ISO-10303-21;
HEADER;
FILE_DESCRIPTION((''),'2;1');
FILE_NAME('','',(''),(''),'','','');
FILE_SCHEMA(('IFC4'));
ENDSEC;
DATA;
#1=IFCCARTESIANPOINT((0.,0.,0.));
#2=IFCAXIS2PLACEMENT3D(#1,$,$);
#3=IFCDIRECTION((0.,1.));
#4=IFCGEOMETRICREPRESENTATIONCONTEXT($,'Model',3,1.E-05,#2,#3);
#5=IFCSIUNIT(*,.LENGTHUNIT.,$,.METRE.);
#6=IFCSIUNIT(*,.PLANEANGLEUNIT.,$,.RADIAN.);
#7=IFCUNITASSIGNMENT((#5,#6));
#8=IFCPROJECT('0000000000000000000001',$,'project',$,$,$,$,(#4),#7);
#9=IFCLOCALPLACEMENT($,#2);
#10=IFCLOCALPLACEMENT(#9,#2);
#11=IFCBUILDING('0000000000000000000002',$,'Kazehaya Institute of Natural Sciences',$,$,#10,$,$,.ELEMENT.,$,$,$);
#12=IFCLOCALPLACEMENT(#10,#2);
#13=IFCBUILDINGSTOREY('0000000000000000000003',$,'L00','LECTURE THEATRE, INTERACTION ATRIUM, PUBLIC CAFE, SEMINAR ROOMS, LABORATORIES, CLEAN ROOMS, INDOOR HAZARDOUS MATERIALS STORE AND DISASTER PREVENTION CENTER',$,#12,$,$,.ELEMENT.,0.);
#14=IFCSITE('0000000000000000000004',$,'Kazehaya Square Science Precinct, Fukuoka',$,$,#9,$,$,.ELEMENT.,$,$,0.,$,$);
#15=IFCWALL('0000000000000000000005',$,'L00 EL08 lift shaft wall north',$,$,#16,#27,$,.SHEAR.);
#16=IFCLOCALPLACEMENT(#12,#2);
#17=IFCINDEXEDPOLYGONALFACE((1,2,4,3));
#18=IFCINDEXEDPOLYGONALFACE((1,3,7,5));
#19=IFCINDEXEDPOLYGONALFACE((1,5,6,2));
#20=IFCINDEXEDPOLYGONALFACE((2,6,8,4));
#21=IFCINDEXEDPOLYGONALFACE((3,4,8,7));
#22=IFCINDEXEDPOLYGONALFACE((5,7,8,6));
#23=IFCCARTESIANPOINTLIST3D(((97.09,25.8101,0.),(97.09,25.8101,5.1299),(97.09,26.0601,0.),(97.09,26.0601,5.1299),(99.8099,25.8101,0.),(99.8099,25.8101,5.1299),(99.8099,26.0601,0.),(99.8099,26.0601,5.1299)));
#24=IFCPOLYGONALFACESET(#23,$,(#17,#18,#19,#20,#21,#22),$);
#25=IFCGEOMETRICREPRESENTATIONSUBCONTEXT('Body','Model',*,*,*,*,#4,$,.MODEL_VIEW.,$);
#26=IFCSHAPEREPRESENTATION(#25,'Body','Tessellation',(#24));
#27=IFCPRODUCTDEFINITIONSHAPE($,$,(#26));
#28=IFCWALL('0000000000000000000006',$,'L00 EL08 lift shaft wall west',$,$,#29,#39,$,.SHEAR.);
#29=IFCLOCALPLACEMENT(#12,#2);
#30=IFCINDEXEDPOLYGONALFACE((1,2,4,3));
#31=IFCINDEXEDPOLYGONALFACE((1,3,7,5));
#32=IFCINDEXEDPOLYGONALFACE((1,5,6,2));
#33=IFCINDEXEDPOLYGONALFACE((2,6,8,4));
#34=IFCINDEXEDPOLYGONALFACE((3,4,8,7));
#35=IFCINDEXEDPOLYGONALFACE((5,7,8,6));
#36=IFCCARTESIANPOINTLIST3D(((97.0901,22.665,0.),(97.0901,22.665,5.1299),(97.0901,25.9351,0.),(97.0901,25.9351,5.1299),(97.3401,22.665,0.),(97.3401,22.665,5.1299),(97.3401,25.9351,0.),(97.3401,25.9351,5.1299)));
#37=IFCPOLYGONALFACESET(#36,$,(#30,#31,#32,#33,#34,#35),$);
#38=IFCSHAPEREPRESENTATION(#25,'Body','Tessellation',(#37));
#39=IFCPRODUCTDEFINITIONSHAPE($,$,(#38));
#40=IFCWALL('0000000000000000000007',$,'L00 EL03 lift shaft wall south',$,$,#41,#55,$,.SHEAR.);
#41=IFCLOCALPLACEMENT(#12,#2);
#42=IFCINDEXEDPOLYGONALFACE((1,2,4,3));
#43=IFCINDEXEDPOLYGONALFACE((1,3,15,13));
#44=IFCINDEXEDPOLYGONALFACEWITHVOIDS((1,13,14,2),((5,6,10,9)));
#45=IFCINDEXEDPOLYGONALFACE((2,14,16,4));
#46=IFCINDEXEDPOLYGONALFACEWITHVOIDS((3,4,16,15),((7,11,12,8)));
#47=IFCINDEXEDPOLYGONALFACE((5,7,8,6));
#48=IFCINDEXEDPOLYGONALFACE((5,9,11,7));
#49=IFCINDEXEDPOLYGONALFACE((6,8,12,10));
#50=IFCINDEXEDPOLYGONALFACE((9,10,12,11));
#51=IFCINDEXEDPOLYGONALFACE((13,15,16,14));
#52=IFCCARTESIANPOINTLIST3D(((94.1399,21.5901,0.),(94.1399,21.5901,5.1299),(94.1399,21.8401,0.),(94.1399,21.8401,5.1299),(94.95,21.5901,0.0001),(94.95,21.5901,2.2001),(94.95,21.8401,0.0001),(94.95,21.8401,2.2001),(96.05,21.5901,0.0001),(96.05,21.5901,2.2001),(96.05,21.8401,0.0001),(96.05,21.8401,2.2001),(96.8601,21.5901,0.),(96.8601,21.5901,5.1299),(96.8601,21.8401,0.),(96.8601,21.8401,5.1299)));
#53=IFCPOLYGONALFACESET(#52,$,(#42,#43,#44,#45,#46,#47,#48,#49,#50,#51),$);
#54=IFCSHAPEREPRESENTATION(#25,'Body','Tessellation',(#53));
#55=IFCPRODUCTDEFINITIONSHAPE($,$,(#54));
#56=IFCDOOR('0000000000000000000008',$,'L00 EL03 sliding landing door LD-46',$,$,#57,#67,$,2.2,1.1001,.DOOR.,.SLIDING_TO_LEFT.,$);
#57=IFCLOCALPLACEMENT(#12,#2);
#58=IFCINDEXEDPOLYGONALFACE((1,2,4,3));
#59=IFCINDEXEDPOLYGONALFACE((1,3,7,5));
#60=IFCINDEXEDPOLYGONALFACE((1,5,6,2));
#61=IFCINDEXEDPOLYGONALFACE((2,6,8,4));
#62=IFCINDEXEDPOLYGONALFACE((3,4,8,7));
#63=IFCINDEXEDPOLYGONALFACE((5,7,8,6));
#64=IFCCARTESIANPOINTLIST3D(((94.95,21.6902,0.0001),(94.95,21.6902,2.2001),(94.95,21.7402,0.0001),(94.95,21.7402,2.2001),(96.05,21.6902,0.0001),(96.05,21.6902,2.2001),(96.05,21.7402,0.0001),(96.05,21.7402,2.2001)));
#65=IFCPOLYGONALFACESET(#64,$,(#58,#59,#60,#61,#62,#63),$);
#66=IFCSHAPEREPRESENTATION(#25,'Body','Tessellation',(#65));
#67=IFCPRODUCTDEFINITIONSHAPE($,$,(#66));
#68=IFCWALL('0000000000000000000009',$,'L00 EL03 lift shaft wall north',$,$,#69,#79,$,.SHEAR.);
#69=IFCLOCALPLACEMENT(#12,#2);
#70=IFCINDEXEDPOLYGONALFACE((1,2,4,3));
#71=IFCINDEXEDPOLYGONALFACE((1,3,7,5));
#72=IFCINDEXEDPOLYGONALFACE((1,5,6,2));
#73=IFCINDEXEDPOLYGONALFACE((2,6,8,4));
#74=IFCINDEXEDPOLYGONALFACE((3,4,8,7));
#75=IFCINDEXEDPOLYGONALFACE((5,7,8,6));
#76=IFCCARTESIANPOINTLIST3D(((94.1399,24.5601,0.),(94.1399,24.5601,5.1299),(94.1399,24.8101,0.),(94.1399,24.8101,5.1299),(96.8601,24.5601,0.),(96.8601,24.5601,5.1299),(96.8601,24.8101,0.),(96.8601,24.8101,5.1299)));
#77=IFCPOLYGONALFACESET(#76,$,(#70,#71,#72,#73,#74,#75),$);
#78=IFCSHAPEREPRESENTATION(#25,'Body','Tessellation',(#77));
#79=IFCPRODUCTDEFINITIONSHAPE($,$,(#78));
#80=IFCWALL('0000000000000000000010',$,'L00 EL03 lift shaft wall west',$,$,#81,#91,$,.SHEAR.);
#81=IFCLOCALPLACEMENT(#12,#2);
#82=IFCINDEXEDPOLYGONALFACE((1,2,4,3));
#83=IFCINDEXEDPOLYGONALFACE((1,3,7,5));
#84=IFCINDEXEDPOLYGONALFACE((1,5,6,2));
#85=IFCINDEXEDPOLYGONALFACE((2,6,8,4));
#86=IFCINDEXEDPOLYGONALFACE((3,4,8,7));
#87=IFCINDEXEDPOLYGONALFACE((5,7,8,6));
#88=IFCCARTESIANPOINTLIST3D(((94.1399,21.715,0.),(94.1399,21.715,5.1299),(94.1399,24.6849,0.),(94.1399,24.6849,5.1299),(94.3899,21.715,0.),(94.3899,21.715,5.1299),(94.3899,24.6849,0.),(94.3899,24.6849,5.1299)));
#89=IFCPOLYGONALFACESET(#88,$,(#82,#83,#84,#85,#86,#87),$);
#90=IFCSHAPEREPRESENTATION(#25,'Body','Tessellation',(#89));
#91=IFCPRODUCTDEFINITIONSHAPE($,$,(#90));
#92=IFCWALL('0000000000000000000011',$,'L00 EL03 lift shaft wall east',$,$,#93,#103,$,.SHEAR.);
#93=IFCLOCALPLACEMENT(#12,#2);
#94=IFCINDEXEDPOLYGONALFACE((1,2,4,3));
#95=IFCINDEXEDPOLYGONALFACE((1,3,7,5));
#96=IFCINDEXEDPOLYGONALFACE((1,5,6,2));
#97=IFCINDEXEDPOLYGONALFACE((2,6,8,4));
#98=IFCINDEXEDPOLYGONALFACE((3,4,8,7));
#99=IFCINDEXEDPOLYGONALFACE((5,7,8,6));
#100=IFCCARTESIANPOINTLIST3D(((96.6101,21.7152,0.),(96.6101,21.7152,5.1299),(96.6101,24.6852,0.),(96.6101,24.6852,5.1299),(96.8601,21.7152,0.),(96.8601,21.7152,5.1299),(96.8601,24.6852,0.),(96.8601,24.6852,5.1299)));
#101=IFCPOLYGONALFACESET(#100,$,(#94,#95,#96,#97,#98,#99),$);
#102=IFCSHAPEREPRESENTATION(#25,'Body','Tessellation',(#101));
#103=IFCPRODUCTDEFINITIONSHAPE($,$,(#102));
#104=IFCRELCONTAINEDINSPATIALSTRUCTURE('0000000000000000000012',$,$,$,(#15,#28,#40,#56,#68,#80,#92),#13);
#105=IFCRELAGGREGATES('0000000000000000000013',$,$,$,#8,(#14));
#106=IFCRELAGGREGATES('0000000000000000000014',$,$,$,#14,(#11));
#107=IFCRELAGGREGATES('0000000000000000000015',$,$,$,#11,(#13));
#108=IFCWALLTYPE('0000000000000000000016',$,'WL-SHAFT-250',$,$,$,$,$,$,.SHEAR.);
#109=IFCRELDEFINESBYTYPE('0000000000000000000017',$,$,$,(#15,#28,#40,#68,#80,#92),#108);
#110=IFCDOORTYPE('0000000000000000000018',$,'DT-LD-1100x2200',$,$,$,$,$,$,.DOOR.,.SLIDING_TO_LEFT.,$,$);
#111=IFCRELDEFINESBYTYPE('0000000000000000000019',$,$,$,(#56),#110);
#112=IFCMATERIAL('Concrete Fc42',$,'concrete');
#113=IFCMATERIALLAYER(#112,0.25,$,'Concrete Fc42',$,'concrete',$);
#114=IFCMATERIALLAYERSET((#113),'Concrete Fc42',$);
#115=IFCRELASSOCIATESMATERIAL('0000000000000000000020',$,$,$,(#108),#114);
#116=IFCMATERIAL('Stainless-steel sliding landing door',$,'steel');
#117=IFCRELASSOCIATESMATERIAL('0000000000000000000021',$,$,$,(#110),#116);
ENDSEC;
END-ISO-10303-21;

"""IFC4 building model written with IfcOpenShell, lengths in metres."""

from ifc_helpers import new_model, si_unit, direction, frame, frame_2d, origin, place, context, subcontext, project, spatial, rectangle, extrude, material, layer, layer_set, type_object, element, fill, save


model = new_model("IFC4")

# Units and contexts
model_context = context("Model", 3, precision=1e-05, world=origin(), true_north=direction((0.0, 1.0)))
body_context = subcontext(model_context, "Body", "Model", "MODEL_VIEW")
ifc_project = project(units=[si_unit("LENGTHUNIT", "METRE"), si_unit("PLANEANGLEUNIT", "RADIAN")], contexts=[model_context])

# Site, building, storey
site_placement = place(None, origin())
site = spatial("IfcSite", under=ifc_project, at=site_placement, Name="Kazehaya Square Science Precinct, Fukuoka", CompositionType="ELEMENT", RefElevation=0.0)
building_placement = place(site_placement, origin())
building = spatial("IfcBuilding", under=site, at=building_placement, Name="Kazehaya Institute of Natural Sciences", CompositionType="ELEMENT")
storey_placement = place(building_placement, origin())
storey = spatial("IfcBuildingStorey", under=building, at=storey_placement, Name="L00", Description="LECTURE THEATRE, INTERACTION ATRIUM, PUBLIC CAFE, SEMINAR ROOMS, LABORATORIES, CLEAN ROOMS, INDOOR HAZARDOUS MATERIALS STORE AND DISASTER PREVENTION CENTER", CompositionType="ELEMENT", Elevation=0.0)

# Shared definitions
ifc_material_1 = material(Name="Concrete Fc42", Category="concrete")

# Walls
ifc_layer_1 = layer(ifc_material_1, 0.25, Name="Concrete Fc42", Category="concrete")
ifc_layer_set_1 = layer_set([ifc_layer_1], Name="Concrete Fc42")
wall_type_1 = type_object("IfcWallType", Name="WL-SHAFT-250", PredefinedType="SHEAR", material=ifc_layer_set_1)
wall_1_placement = place(storey_placement, frame((97.0901, 25.9351, 0.0), z_axis=(0.0, 0.0, 1.0), x_axis=(1.0, 0.0, 0.0)))
element("IfcWall", 1, at=wall_1_placement, inside=storey, type_object=wall_type_1, Name="L00 EL08 lift shaft wall north", PredefinedType="SHEAR", context=body_context, shape_type="SweptSolid", body=[
    extrude(rectangle(XDim=2.72, YDim=0.25, at=frame_2d((1.3599, 0.0))), origin(), (0.0, 0.0, 1.0), 5.1299),
])
wall_2_placement = place(storey_placement, frame((97.2151, 22.665, 0.0), z_axis=(0.0, 0.0, 1.0), x_axis=(0.0, 1.0, 0.0)))
element("IfcWall", 2, at=wall_2_placement, inside=storey, type_object=wall_type_1, Name="L00 EL08 lift shaft wall west", PredefinedType="SHEAR", context=body_context, shape_type="SweptSolid", body=[
    extrude(rectangle(XDim=3.27, YDim=0.25, at=frame_2d((1.635, 0.0))), origin(), (0.0, 0.0, 1.0), 5.1299),
])

# Wall, opening, door
wall_3_placement = place(storey_placement, frame((96.8601, 21.7151, 0.0), z_axis=(0.0, 0.0, 1.0), x_axis=(-1.0, 0.0, 0.0)))
wall_3 = element("IfcWall", 3, at=wall_3_placement, inside=storey, type_object=wall_type_1, Name="L00 EL03 lift shaft wall south", PredefinedType="SHEAR", context=body_context, shape_type="SweptSolid", body=[
    extrude(rectangle(XDim=2.7202, YDim=0.25, at=frame_2d((1.3601, 0.0))), origin(), (0.0, 0.0, 1.0), 5.1299),
])
opening_1_placement = place(wall_3_placement, frame((0.8101, 0.0, 0.0)))
opening_1 = element("IfcOpeningElement", 4, at=opening_1_placement, cuts=wall_3, PredefinedType="OPENING", context=body_context, shape_type="SweptSolid", body=[
    extrude(rectangle(XDim=1.1001, YDim=2.2, at=frame_2d((0.55, 1.1001))), frame((0.0, 0.135, 0.0), z_axis=(0.0, -1.0, 0.0), x_axis=(1.0, 0.0, 0.0)), (0.0, 0.0, 1.0), 0.27),
])
ifc_material_2 = material(Name="Stainless-steel sliding landing door", Category="steel")
door_type_1 = type_object("IfcDoorType", Name="DT-LD-1100x2200", OperationType="SLIDING_TO_LEFT", PredefinedType="DOOR", material=ifc_material_2)
door_1_placement = place(opening_1_placement, origin())
door_1 = element("IfcDoor", 5, at=door_1_placement, inside=storey, type_object=door_type_1, Name="L00 EL03 sliding landing door LD-46", OperationType="SLIDING_TO_LEFT", OverallHeight=2.2, OverallWidth=1.1001, PredefinedType="DOOR", context=body_context, shape_type="SweptSolid", body=[
    extrude(rectangle(XDim=1.1001, YDim=2.2, at=frame_2d((0.55, 1.1001))), frame((0.0, 0.0249, 0.0), z_axis=(0.0, -1.0, 0.0), x_axis=(1.0, 0.0, 0.0)), (0.0, 0.0, 1.0), 0.05),
])
fill(opening_1, door_1)

# Walls
wall_4_placement = place(storey_placement, frame((94.1399, 24.6851, 0.0), z_axis=(0.0, 0.0, 1.0), x_axis=(1.0, 0.0, 0.0)))
element("IfcWall", 6, at=wall_4_placement, inside=storey, type_object=wall_type_1, Name="L00 EL03 lift shaft wall north", PredefinedType="SHEAR", context=body_context, shape_type="SweptSolid", body=[
    extrude(rectangle(XDim=2.7202, YDim=0.25, at=frame_2d((1.3601, 0.0))), origin(), (0.0, 0.0, 1.0), 5.1299),
])
for number, where, z_axis, x_axis, name in (
    (7, (94.2649, 21.7151, 0.0), (0.0, 0.0, 1.0), (0.0, 1.0, 0.0), "L00 EL03 lift shaft wall west"),
    (8, (96.7351, 24.6851, 0.0), (0.0, 0.0, 1.0), (0.0, -1.0, 0.0), "L00 EL03 lift shaft wall east"),
):
    element("IfcWall", number, at=place(storey_placement, frame(where, z_axis=z_axis, x_axis=x_axis)), inside=storey, type_object=wall_type_1, Name=name, PredefinedType="SHEAR", context=body_context, shape_type="SweptSolid", body=[
        extrude(rectangle(XDim=2.97, YDim=0.25, at=frame_2d((1.4849, 0.0))), origin(), (0.0, 0.0, 1.0), 5.1299),
    ])

save(model, "model.ifc")
